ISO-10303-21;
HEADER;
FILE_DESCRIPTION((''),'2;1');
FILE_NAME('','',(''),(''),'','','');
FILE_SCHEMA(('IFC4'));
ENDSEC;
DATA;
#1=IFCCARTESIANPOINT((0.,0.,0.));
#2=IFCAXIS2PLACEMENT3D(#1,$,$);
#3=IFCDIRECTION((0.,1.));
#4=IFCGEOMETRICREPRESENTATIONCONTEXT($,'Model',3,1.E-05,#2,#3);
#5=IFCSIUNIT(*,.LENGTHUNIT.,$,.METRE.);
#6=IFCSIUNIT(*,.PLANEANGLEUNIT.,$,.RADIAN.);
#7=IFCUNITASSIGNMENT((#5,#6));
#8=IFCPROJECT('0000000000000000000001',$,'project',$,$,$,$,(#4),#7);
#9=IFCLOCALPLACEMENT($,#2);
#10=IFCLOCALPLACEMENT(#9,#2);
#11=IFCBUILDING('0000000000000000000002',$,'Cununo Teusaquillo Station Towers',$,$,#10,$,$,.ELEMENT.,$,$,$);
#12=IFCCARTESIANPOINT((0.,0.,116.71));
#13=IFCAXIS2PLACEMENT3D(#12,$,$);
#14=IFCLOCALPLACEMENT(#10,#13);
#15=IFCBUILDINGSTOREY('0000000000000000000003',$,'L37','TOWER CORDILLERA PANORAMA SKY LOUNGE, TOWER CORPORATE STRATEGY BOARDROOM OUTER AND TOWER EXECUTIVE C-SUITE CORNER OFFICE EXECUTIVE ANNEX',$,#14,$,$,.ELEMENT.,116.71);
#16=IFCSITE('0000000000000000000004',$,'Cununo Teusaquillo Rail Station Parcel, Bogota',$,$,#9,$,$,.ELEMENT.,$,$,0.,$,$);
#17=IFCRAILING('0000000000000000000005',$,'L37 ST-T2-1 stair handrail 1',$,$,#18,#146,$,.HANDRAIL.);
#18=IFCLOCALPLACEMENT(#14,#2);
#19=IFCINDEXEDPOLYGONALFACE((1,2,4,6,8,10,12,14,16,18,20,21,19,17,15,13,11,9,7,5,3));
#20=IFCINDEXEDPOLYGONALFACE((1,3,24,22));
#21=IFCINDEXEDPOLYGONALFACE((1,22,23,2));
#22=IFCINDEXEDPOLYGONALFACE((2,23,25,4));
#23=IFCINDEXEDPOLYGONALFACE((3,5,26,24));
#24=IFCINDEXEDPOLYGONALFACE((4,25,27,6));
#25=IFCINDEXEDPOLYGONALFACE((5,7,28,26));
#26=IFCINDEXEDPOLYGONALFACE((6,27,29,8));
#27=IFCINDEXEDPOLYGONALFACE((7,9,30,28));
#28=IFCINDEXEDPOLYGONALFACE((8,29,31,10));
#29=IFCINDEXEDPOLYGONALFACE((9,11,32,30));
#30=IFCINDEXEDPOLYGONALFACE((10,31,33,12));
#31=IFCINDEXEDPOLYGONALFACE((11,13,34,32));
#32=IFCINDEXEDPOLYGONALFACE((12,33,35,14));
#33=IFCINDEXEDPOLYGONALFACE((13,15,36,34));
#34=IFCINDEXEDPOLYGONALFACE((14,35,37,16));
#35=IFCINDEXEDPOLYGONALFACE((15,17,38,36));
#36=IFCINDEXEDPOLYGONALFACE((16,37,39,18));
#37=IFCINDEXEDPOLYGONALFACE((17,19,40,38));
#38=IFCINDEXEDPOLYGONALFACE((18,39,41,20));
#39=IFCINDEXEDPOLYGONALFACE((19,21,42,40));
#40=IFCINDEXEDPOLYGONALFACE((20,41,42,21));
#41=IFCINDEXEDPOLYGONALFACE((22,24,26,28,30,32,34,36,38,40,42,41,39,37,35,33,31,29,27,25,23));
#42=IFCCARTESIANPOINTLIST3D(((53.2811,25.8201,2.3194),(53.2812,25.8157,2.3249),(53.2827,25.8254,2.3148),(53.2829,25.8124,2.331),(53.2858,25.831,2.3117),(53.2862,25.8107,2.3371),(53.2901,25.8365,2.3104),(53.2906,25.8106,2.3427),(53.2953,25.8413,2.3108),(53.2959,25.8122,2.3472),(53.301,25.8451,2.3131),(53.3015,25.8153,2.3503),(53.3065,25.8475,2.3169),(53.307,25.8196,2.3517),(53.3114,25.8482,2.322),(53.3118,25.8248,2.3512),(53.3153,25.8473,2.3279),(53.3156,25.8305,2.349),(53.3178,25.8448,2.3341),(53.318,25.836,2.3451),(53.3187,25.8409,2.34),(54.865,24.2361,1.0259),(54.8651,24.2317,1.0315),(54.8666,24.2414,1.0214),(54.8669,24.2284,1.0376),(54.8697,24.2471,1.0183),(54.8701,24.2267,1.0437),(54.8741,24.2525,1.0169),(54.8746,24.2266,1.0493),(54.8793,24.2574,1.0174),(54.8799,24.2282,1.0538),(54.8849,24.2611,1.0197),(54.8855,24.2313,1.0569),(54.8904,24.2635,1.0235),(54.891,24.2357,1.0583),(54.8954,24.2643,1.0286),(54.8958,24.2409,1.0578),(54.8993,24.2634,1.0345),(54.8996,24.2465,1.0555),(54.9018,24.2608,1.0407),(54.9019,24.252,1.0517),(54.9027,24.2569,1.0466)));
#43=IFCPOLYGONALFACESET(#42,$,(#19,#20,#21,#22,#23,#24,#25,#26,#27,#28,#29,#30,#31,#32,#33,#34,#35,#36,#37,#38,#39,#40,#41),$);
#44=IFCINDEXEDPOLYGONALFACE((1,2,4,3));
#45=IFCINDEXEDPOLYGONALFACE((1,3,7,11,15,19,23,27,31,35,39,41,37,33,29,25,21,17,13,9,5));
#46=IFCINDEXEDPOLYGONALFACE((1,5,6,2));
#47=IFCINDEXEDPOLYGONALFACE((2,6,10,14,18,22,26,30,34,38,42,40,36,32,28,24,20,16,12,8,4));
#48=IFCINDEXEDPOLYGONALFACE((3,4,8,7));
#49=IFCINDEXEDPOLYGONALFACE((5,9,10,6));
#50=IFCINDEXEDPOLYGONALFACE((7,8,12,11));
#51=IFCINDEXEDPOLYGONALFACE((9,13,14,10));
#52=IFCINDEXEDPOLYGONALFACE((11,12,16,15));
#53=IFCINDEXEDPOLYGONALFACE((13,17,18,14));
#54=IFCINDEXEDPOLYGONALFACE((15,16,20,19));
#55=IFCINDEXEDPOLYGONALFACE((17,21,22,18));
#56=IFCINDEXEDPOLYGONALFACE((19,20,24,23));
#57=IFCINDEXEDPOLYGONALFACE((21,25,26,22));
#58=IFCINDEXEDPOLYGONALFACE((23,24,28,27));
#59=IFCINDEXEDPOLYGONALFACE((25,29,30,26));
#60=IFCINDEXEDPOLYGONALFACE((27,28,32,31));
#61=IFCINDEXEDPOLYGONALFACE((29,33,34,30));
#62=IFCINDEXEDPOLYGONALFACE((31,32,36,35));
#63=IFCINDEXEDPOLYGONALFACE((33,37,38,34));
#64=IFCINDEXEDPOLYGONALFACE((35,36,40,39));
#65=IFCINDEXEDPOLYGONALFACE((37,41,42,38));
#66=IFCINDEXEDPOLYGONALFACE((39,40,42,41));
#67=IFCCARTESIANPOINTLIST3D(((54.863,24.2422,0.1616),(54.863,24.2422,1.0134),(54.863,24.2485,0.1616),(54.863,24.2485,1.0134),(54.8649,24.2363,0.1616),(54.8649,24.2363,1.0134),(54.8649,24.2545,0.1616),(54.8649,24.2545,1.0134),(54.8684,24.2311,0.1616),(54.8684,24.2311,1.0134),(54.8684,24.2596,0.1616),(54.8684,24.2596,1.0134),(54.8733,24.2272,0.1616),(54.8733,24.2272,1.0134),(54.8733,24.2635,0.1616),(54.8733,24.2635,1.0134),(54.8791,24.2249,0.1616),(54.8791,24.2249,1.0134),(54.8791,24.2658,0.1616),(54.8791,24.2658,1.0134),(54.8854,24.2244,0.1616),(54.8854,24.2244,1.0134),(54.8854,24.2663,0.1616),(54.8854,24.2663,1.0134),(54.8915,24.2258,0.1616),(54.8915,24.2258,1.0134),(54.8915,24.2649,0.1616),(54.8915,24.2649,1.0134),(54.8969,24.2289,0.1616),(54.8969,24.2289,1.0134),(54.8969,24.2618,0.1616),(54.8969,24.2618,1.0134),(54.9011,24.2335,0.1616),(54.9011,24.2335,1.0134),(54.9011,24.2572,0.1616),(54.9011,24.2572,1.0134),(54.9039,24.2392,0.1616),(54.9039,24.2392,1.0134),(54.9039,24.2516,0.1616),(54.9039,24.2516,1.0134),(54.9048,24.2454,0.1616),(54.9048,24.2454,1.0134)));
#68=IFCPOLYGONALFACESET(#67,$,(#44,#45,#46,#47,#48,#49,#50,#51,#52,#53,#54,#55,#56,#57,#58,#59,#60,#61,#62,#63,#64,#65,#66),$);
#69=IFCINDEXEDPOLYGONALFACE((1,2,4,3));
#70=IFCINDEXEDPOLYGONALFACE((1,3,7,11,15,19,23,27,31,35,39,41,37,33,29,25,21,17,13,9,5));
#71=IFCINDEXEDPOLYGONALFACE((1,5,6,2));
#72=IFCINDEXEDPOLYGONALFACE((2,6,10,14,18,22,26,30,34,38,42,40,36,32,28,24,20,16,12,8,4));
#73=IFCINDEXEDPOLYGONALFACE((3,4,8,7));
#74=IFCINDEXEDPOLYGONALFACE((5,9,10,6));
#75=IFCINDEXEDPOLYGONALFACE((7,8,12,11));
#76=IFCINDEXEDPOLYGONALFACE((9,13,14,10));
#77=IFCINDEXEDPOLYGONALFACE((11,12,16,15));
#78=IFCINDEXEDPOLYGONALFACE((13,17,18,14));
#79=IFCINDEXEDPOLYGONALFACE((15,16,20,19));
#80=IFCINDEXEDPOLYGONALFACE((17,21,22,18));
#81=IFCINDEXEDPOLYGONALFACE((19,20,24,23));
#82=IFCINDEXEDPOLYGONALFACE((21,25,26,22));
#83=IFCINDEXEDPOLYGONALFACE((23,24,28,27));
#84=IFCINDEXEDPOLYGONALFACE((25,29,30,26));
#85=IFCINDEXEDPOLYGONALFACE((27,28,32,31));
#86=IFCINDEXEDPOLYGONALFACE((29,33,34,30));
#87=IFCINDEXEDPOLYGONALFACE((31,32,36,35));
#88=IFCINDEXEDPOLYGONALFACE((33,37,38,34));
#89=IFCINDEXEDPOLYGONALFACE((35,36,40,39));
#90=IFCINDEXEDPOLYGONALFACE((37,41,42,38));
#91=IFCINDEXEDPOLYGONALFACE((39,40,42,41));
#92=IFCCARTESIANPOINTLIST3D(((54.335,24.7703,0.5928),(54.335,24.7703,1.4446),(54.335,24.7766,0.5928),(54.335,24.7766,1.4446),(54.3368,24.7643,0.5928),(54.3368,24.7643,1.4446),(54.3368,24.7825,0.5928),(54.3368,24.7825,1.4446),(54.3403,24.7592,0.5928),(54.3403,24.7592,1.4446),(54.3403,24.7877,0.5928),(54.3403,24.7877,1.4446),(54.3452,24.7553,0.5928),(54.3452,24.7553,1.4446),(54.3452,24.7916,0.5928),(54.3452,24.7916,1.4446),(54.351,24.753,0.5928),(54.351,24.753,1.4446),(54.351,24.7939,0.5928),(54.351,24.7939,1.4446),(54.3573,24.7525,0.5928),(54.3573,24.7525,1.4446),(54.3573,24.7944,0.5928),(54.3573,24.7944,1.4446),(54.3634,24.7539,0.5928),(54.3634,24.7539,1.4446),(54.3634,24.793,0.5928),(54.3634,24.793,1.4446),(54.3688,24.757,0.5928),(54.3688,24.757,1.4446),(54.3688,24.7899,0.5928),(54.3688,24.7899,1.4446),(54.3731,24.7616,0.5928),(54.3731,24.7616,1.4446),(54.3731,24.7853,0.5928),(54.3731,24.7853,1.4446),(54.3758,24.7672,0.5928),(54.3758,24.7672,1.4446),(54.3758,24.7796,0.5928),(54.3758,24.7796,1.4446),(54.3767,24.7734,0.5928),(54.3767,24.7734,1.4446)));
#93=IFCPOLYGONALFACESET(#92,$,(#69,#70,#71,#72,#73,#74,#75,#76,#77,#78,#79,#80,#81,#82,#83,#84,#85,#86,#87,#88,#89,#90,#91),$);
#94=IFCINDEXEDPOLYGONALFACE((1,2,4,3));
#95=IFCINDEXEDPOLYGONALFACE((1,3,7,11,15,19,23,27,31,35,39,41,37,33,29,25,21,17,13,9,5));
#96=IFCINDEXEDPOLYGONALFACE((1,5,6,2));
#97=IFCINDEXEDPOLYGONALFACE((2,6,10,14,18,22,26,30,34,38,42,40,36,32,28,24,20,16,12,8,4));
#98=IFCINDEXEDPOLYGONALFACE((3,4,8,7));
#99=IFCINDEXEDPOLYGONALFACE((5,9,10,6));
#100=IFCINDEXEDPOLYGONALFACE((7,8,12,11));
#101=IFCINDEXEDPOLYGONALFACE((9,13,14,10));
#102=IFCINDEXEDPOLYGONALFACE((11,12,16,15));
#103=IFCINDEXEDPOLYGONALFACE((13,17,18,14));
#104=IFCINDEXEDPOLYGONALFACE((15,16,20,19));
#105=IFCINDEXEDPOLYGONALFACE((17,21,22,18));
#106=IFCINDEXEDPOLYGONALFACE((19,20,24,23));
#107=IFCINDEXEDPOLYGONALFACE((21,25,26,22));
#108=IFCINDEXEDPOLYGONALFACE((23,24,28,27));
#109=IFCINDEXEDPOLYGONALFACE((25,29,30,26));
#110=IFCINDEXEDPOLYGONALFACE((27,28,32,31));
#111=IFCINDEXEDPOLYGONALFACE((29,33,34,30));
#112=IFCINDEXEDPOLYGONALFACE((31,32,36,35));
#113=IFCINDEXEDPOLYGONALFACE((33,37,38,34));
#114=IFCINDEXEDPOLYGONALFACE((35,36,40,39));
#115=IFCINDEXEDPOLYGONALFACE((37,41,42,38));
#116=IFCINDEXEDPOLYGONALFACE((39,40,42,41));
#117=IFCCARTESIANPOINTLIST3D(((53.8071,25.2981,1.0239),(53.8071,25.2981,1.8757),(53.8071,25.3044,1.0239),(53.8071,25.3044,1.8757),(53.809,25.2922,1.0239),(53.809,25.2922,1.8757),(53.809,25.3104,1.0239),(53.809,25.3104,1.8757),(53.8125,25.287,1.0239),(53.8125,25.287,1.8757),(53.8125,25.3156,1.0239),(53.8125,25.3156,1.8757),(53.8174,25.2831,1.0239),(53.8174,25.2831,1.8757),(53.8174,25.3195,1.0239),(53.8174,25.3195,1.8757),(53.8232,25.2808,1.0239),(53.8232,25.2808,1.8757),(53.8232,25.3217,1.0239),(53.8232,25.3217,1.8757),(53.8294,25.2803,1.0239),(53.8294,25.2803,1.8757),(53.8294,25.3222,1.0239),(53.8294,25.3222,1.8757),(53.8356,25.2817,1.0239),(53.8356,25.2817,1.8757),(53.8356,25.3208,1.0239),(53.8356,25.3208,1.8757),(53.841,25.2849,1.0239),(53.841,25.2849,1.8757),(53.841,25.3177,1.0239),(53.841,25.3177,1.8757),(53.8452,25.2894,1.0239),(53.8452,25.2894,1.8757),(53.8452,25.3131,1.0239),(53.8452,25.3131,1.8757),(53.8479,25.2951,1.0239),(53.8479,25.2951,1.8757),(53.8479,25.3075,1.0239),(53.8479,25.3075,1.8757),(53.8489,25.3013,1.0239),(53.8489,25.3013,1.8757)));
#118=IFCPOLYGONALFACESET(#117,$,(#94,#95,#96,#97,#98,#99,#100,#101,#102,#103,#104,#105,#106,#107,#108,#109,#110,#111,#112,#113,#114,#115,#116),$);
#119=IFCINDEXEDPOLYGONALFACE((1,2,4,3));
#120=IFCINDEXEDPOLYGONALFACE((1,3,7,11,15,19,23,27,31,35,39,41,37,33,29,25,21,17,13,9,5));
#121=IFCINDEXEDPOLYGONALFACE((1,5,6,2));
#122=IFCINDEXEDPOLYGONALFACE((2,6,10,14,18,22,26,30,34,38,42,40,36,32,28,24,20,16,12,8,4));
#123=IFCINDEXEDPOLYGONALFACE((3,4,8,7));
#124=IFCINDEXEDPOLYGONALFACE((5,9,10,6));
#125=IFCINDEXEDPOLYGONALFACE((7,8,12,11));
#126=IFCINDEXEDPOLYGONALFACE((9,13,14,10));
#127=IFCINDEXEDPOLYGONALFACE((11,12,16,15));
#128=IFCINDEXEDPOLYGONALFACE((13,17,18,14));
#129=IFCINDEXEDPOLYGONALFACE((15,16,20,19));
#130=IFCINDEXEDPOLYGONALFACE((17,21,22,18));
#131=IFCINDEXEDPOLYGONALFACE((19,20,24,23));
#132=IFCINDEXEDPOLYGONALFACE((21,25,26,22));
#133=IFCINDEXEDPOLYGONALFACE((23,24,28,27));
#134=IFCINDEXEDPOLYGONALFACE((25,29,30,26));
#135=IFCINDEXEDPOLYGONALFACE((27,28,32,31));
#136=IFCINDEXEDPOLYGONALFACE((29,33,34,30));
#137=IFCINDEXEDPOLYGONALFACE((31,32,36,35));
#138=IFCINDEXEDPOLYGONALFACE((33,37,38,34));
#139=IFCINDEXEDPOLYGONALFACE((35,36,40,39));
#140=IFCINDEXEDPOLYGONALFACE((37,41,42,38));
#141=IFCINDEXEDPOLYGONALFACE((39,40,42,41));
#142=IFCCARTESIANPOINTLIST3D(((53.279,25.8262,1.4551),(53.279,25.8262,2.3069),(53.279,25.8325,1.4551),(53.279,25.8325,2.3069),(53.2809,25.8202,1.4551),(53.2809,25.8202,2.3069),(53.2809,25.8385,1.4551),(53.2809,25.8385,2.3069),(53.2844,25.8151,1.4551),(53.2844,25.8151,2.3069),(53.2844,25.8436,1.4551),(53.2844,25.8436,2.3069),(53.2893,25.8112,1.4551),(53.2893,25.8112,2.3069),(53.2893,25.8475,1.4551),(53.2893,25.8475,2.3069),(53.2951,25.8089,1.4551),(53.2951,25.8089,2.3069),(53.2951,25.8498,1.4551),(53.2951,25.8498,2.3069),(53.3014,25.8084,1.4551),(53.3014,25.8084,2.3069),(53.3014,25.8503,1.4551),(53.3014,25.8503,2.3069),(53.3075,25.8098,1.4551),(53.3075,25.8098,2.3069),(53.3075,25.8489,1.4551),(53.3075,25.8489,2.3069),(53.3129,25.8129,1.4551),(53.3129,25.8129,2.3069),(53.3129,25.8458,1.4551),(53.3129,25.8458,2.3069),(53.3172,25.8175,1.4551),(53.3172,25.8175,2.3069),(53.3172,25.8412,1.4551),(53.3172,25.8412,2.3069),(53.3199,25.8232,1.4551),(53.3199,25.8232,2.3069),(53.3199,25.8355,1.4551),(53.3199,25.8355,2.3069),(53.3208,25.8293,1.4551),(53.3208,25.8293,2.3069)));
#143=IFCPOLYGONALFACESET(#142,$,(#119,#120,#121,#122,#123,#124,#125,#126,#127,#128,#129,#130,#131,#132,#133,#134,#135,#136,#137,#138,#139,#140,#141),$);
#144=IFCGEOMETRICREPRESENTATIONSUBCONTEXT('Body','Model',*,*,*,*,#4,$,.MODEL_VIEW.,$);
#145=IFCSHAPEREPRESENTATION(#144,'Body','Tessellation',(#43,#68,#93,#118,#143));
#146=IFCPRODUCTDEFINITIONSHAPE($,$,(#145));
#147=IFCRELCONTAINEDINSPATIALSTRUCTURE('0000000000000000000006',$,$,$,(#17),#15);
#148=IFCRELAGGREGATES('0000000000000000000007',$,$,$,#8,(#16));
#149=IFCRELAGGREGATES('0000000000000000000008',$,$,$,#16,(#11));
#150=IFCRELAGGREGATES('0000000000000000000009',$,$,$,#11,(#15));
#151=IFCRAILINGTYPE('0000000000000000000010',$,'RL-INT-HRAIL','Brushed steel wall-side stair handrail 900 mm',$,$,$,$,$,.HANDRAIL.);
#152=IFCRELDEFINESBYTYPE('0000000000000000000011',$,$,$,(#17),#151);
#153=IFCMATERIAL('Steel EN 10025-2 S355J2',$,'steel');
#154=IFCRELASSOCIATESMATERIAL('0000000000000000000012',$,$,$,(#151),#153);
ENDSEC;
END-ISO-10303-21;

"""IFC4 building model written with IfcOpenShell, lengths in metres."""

from ifc_helpers import new_model, si_unit, direction, frame, origin, origin_2d, place, context, subcontext, project, spatial, circle, extrude, material, type_object, element, save


model = new_model("IFC4")

# Units and contexts
model_context = context("Model", 3, precision=1e-05, world=origin(), true_north=direction((0.0, 1.0)))
body_context = subcontext(model_context, "Body", "Model", "MODEL_VIEW")
ifc_project = project(units=[si_unit("LENGTHUNIT", "METRE"), si_unit("PLANEANGLEUNIT", "RADIAN")], contexts=[model_context])

# Site, building, storey
site_placement = place(None, origin())
site = spatial("IfcSite", under=ifc_project, at=site_placement, Name="Cununo Teusaquillo Rail Station Parcel, Bogota", CompositionType="ELEMENT", RefElevation=0.0)
building_placement = place(site_placement, origin())
building = spatial("IfcBuilding", under=site, at=building_placement, Name="Cununo Teusaquillo Station Towers", CompositionType="ELEMENT")
storey_placement = place(building_placement, frame((0.0, 0.0, 116.71)))
storey = spatial("IfcBuildingStorey", under=building, at=storey_placement, Name="L37", Description="TOWER CORDILLERA PANORAMA SKY LOUNGE, TOWER CORPORATE STRATEGY BOARDROOM OUTER AND TOWER EXECUTIVE C-SUITE CORNER OFFICE EXECUTIVE ANNEX", CompositionType="ELEMENT", Elevation=116.71)

# Railing
ifc_material_1 = material(Name="Steel EN 10025-2 S355J2", Category="steel")
railing_type_1 = type_object("IfcRailingType", Name="RL-INT-HRAIL", Description="Brushed steel wall-side stair handrail 900 mm", PredefinedType="HANDRAIL", material=ifc_material_1)
railing_1_placement = place(storey_placement, frame((54.8838, 24.2454, 0.1616)))
element("IfcRailing", 1, at=railing_1_placement, inside=storey, type_object=railing_type_1, Name="L37 ST-T2-1 stair handrail 1", PredefinedType="HANDRAIL", context=body_context, shape_type="SweptSolid", body=[
    extrude(circle(Radius=0.0239, at=origin_2d()), frame((0.0, 0.0, 0.876), z_axis=(-0.612356, 0.612356, 0.50004), x_axis=(-0.707107, -0.707107, 0.0)), (0.0, 0.0, 1.0), 2.5867),
    extrude(circle(Radius=0.021, at=origin_2d()), origin(), (0.0, 0.0, 1.0), 0.8518),
    extrude(circle(Radius=0.021, at=origin_2d()), frame((-0.5281, 0.5281, 0.4312)), (0.0, 0.0, 1.0), 0.8518),
    extrude(circle(Radius=0.021, at=origin_2d()), frame((-1.0559, 1.0559, 0.8623)), (0.0, 0.0, 1.0), 0.8518),
    extrude(circle(Radius=0.021, at=origin_2d()), frame((-1.584, 1.584, 1.2935)), (0.0, 0.0, 1.0), 0.8518),
])

save(model, "model.ifc")
